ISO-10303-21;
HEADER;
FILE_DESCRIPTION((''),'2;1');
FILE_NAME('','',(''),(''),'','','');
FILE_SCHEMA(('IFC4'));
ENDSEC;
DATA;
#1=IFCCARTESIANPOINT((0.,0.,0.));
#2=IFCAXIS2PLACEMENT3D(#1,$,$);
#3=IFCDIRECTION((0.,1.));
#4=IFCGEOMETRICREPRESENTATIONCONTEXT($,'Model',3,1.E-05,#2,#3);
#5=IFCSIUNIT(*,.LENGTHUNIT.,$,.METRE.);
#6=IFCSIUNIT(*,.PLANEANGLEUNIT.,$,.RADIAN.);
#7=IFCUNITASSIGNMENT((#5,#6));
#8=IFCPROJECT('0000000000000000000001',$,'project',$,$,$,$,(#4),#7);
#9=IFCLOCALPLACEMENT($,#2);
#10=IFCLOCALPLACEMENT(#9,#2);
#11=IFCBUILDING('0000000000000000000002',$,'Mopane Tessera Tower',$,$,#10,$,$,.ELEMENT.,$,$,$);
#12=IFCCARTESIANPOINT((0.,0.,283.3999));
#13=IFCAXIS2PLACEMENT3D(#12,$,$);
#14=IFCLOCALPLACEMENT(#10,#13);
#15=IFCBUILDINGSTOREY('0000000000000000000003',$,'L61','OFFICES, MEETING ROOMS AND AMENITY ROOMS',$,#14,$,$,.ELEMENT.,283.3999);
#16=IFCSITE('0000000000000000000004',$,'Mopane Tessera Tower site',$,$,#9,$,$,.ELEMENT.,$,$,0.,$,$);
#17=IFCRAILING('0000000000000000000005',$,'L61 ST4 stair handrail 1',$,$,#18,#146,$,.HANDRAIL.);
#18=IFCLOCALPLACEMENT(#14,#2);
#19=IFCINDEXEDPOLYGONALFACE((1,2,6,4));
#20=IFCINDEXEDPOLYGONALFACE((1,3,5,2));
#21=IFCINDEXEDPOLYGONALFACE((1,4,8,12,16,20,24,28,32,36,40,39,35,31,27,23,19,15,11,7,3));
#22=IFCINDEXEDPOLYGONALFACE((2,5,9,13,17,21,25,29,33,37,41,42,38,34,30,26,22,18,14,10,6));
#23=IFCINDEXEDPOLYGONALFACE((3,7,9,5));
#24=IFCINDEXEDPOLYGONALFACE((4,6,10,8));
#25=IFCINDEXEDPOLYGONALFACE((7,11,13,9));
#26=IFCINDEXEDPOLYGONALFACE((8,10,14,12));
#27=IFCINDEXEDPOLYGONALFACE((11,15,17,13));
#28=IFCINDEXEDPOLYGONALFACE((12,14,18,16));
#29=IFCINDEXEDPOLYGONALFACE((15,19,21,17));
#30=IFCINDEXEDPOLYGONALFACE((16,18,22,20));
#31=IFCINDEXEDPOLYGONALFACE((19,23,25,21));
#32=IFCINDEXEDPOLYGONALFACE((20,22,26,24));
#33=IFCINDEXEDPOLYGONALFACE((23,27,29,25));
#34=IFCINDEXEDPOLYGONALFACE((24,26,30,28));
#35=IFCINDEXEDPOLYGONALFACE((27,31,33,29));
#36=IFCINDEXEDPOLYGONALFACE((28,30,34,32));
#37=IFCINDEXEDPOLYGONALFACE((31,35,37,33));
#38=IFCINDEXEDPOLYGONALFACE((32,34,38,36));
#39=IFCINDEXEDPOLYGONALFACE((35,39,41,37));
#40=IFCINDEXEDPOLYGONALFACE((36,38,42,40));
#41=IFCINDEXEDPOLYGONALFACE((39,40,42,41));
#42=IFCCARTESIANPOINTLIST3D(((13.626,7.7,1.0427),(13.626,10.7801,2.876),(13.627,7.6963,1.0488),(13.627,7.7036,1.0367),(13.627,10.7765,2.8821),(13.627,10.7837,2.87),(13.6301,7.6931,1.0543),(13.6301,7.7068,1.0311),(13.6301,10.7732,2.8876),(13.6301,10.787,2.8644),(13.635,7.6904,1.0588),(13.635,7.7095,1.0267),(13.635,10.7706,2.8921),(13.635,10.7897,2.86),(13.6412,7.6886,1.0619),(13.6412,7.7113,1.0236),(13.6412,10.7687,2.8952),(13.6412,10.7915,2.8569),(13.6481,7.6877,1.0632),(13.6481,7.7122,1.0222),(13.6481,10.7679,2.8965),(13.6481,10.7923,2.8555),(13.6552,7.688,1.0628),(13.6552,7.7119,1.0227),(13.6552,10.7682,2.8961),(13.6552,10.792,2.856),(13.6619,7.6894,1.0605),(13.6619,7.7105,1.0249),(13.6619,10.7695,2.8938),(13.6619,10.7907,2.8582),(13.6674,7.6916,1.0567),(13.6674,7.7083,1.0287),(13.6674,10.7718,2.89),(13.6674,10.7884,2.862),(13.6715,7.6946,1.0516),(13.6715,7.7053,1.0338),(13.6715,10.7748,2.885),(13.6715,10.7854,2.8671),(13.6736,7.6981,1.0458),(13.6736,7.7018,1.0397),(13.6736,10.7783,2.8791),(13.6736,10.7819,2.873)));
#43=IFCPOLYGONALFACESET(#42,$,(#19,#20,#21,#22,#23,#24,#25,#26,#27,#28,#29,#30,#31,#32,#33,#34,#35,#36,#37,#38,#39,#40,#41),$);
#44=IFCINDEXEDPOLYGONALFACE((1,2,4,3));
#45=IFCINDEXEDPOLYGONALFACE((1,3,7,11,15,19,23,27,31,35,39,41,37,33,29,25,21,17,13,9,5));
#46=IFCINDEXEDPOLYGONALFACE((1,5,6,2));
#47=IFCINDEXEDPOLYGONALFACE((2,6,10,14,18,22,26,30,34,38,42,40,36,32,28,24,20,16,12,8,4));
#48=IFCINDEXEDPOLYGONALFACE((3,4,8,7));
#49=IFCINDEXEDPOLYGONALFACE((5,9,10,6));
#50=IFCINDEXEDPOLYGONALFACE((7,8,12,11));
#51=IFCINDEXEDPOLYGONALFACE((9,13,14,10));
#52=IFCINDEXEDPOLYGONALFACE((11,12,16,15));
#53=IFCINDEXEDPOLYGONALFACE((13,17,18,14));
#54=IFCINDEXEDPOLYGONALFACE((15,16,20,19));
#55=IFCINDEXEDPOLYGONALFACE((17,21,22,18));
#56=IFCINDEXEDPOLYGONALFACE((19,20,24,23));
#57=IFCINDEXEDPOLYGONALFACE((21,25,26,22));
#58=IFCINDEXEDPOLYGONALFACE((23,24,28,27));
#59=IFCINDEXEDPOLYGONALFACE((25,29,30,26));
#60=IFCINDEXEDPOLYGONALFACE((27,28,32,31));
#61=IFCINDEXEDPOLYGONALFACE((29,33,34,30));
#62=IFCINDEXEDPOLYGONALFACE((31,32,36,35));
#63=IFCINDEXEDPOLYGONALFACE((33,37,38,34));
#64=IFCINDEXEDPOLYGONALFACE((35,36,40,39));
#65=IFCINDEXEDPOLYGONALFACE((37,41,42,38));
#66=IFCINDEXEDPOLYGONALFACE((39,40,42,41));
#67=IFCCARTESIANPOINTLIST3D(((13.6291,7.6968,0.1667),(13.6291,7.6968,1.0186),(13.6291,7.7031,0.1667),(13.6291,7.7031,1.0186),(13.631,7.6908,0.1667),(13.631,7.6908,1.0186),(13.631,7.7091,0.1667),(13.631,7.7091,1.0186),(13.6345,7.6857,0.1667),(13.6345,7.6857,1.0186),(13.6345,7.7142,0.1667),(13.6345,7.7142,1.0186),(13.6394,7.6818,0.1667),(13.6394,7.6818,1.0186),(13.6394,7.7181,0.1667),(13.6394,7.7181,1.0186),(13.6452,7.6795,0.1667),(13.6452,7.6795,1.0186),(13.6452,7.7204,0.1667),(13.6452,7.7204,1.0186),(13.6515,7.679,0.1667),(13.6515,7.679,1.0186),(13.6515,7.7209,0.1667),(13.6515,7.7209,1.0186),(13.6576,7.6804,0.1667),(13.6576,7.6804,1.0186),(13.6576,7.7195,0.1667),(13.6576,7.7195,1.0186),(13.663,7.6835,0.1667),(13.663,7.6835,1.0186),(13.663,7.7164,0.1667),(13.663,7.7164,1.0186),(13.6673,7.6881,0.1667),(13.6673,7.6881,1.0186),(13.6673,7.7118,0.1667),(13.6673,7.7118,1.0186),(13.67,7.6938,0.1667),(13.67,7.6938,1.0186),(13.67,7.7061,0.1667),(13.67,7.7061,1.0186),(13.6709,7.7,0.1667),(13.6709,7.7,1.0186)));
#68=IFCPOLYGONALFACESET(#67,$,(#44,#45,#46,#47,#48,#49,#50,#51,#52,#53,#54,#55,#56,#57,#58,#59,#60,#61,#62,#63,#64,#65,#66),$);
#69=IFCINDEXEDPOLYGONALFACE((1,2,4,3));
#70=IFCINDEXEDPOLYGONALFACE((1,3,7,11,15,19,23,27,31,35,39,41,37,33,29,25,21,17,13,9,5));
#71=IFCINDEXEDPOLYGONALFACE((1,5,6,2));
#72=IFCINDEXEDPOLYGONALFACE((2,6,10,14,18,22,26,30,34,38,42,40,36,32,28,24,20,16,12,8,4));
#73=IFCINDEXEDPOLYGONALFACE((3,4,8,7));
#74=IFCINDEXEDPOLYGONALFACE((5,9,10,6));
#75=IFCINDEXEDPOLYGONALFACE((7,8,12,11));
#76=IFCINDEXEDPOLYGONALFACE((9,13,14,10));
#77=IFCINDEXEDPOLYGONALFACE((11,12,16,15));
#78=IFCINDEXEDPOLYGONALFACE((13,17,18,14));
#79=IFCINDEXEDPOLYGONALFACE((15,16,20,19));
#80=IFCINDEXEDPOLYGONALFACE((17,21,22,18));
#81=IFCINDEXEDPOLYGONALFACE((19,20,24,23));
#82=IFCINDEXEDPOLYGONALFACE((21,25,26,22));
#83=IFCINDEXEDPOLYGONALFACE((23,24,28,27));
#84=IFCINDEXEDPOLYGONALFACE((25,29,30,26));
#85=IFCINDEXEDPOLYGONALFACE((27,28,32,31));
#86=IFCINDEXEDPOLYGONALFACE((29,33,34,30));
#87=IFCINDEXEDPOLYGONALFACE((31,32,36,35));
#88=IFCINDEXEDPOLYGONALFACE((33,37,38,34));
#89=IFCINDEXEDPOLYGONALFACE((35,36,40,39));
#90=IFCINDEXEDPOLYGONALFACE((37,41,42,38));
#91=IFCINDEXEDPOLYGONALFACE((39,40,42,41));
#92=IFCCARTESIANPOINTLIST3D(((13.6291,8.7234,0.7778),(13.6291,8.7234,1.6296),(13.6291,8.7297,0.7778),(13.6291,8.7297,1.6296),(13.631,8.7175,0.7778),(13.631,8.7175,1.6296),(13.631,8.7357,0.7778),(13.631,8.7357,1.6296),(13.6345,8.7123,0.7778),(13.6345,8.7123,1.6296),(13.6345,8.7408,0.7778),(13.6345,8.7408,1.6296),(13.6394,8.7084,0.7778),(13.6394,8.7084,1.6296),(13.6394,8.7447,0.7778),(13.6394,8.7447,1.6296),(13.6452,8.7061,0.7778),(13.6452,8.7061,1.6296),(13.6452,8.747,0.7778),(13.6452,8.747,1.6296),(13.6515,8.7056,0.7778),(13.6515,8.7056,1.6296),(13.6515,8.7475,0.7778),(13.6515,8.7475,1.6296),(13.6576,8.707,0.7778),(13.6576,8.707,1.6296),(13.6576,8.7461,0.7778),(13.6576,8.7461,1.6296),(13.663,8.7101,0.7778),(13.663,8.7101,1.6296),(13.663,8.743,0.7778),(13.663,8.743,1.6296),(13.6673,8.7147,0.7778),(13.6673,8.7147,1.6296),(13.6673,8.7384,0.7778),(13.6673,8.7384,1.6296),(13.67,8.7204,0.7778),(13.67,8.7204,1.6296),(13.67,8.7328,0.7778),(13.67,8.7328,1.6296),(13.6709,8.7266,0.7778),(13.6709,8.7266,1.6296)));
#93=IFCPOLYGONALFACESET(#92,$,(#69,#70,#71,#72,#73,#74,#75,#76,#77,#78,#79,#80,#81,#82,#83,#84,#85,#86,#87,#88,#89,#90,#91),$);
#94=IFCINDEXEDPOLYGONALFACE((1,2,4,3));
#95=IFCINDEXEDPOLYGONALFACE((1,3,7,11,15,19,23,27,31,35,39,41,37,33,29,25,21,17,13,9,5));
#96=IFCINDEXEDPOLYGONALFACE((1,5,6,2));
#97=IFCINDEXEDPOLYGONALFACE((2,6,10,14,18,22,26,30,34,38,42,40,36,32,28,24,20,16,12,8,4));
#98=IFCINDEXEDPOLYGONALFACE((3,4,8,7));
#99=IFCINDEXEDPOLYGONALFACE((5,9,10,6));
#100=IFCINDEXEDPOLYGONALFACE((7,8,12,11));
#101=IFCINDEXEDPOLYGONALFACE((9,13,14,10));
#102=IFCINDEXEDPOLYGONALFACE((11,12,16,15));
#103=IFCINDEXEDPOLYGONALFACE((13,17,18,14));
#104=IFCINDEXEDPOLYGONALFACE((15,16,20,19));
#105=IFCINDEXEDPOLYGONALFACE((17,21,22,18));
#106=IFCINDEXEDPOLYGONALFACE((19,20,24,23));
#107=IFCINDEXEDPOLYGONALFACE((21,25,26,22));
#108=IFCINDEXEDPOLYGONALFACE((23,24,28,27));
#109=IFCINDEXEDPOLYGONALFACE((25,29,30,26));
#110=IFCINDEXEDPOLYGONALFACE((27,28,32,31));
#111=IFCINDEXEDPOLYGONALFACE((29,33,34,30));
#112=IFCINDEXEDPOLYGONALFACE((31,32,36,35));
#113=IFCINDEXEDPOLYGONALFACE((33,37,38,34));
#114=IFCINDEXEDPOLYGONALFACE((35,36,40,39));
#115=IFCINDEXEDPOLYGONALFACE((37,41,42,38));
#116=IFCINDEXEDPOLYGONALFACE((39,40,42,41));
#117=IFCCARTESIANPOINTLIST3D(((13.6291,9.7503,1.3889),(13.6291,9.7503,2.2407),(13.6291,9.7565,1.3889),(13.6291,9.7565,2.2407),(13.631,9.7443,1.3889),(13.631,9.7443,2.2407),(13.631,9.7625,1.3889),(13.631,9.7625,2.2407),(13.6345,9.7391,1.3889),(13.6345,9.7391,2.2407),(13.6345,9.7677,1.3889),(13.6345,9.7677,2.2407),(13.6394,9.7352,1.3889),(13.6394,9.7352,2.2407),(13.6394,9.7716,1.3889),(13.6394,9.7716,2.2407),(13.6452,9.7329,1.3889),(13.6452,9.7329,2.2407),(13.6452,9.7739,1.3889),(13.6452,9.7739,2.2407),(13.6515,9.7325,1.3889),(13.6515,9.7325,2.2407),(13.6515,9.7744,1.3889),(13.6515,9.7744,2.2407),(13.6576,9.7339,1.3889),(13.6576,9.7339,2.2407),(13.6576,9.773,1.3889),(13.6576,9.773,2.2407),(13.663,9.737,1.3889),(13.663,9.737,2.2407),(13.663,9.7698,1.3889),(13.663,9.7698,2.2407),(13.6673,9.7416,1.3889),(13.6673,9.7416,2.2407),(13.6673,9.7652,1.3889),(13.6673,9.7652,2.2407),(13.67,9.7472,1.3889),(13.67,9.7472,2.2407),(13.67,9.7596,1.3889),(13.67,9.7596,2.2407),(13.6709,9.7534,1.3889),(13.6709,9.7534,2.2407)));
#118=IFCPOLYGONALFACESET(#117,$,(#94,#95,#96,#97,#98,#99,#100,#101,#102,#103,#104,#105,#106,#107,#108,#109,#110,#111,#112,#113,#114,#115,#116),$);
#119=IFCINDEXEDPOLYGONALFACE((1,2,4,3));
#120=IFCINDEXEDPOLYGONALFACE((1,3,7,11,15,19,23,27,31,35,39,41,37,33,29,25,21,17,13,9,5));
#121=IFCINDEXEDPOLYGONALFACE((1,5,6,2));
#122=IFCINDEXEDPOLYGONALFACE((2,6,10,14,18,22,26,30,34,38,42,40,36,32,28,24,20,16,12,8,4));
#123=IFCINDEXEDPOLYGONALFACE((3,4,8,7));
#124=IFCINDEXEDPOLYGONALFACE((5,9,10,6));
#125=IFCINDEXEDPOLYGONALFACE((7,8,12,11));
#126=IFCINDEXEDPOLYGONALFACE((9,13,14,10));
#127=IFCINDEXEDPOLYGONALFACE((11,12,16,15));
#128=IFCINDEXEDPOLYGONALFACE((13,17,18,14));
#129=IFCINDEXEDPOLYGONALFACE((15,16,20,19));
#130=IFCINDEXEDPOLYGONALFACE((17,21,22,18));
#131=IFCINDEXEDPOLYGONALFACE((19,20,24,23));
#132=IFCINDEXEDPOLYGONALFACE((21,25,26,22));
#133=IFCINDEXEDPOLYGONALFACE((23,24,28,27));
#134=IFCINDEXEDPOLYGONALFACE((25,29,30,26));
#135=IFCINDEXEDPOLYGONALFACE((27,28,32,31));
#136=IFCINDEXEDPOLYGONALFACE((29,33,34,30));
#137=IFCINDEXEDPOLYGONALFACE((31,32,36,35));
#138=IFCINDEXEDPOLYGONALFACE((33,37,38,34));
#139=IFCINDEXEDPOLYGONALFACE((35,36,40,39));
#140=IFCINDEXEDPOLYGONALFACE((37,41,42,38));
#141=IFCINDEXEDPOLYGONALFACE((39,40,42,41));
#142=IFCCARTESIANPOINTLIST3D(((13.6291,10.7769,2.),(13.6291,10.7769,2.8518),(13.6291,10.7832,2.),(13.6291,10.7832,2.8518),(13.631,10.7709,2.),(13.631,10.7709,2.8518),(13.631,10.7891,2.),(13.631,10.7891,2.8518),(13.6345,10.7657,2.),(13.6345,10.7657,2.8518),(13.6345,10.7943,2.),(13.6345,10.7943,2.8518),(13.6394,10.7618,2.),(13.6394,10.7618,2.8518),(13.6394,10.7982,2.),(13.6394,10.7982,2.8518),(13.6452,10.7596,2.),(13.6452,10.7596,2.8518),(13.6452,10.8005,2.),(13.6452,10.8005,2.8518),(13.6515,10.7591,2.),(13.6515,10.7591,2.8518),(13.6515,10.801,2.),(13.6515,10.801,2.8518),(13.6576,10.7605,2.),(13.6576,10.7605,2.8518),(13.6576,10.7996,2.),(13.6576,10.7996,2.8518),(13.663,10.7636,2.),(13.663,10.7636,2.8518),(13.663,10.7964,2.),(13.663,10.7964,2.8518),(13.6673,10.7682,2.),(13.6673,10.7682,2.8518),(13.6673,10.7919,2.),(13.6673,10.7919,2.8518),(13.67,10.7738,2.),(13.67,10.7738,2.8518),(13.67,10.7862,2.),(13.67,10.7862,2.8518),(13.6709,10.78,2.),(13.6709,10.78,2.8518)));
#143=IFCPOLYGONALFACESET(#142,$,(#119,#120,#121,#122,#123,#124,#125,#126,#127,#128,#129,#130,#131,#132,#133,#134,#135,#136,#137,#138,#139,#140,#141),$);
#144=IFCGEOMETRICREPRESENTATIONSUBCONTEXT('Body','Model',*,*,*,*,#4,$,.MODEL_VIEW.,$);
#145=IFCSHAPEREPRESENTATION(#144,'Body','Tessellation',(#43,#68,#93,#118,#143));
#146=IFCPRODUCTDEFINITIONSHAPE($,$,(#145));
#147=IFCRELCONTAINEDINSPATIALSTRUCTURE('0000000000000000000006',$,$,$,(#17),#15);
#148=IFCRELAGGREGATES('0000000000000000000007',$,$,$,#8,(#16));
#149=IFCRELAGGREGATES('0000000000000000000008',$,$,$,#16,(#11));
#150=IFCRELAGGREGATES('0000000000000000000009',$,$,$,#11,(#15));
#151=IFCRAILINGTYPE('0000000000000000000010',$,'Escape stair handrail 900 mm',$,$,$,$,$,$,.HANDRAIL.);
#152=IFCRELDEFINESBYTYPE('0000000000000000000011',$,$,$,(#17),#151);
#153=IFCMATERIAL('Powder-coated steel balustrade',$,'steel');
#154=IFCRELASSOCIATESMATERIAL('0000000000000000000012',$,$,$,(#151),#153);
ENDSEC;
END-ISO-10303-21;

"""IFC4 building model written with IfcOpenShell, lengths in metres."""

from ifc_helpers import new_model, si_unit, direction, frame, origin, origin_2d, place, context, subcontext, project, spatial, circle, extrude, material, type_object, element, save


model = new_model("IFC4")

# Units and contexts
model_context = context("Model", 3, precision=1e-05, world=origin(), true_north=direction((0.0, 1.0)))
body_context = subcontext(model_context, "Body", "Model", "MODEL_VIEW")
ifc_project = project(units=[si_unit("LENGTHUNIT", "METRE"), si_unit("PLANEANGLEUNIT", "RADIAN")], contexts=[model_context])

# Site, building, storey
site_placement = place(None, origin())
site = spatial("IfcSite", under=ifc_project, at=site_placement, Name="Mopane Tessera Tower site", CompositionType="ELEMENT", RefElevation=0.0)
building_placement = place(site_placement, origin())
building = spatial("IfcBuilding", under=site, at=building_placement, Name="Mopane Tessera Tower", CompositionType="ELEMENT")
storey_placement = place(building_placement, frame((0.0, 0.0, 283.3999)))
storey = spatial("IfcBuildingStorey", under=building, at=storey_placement, Name="L61", Description="OFFICES, MEETING ROOMS AND AMENITY ROOMS", CompositionType="ELEMENT", Elevation=283.3999)

# Railing
ifc_material_1 = material(Name="Powder-coated steel balustrade", Category="steel")
railing_type = type_object("IfcRailingType", Name="Escape stair handrail 900 mm", PredefinedType="HANDRAIL", material=ifc_material_1)
railing_placement = place(storey_placement, frame((13.6499, 7.7, 0.1667)))
element("IfcRailing", 1, at=railing_placement, inside=storey, type_object=railing_type, Name="L61 ST4 stair handrail 1", PredefinedType="HANDRAIL", context=body_context, shape_type="SweptSolid", body=[
    extrude(circle(Radius=0.0239, at=origin_2d()), frame((0.0, 0.0, 0.876), z_axis=(0.0, 0.859309, 0.511458), x_axis=(-1.0, 0.0, 0.0)), (0.0, 0.0, 1.0), 3.5845),
    extrude(circle(Radius=0.021, at=origin_2d()), origin(), (0.0, 0.0, 1.0), 0.8518),
    extrude(circle(Radius=0.021, at=origin_2d()), frame((0.0, 1.0266, 0.6111)), (0.0, 0.0, 1.0), 0.8518),
    extrude(circle(Radius=0.021, at=origin_2d()), frame((0.0, 2.0535, 1.2222)), (0.0, 0.0, 1.0), 0.8518),
    extrude(circle(Radius=0.021, at=origin_2d()), frame((0.0, 3.0801, 1.8333)), (0.0, 0.0, 1.0), 0.8518),
])

save(model, "model.ifc")
